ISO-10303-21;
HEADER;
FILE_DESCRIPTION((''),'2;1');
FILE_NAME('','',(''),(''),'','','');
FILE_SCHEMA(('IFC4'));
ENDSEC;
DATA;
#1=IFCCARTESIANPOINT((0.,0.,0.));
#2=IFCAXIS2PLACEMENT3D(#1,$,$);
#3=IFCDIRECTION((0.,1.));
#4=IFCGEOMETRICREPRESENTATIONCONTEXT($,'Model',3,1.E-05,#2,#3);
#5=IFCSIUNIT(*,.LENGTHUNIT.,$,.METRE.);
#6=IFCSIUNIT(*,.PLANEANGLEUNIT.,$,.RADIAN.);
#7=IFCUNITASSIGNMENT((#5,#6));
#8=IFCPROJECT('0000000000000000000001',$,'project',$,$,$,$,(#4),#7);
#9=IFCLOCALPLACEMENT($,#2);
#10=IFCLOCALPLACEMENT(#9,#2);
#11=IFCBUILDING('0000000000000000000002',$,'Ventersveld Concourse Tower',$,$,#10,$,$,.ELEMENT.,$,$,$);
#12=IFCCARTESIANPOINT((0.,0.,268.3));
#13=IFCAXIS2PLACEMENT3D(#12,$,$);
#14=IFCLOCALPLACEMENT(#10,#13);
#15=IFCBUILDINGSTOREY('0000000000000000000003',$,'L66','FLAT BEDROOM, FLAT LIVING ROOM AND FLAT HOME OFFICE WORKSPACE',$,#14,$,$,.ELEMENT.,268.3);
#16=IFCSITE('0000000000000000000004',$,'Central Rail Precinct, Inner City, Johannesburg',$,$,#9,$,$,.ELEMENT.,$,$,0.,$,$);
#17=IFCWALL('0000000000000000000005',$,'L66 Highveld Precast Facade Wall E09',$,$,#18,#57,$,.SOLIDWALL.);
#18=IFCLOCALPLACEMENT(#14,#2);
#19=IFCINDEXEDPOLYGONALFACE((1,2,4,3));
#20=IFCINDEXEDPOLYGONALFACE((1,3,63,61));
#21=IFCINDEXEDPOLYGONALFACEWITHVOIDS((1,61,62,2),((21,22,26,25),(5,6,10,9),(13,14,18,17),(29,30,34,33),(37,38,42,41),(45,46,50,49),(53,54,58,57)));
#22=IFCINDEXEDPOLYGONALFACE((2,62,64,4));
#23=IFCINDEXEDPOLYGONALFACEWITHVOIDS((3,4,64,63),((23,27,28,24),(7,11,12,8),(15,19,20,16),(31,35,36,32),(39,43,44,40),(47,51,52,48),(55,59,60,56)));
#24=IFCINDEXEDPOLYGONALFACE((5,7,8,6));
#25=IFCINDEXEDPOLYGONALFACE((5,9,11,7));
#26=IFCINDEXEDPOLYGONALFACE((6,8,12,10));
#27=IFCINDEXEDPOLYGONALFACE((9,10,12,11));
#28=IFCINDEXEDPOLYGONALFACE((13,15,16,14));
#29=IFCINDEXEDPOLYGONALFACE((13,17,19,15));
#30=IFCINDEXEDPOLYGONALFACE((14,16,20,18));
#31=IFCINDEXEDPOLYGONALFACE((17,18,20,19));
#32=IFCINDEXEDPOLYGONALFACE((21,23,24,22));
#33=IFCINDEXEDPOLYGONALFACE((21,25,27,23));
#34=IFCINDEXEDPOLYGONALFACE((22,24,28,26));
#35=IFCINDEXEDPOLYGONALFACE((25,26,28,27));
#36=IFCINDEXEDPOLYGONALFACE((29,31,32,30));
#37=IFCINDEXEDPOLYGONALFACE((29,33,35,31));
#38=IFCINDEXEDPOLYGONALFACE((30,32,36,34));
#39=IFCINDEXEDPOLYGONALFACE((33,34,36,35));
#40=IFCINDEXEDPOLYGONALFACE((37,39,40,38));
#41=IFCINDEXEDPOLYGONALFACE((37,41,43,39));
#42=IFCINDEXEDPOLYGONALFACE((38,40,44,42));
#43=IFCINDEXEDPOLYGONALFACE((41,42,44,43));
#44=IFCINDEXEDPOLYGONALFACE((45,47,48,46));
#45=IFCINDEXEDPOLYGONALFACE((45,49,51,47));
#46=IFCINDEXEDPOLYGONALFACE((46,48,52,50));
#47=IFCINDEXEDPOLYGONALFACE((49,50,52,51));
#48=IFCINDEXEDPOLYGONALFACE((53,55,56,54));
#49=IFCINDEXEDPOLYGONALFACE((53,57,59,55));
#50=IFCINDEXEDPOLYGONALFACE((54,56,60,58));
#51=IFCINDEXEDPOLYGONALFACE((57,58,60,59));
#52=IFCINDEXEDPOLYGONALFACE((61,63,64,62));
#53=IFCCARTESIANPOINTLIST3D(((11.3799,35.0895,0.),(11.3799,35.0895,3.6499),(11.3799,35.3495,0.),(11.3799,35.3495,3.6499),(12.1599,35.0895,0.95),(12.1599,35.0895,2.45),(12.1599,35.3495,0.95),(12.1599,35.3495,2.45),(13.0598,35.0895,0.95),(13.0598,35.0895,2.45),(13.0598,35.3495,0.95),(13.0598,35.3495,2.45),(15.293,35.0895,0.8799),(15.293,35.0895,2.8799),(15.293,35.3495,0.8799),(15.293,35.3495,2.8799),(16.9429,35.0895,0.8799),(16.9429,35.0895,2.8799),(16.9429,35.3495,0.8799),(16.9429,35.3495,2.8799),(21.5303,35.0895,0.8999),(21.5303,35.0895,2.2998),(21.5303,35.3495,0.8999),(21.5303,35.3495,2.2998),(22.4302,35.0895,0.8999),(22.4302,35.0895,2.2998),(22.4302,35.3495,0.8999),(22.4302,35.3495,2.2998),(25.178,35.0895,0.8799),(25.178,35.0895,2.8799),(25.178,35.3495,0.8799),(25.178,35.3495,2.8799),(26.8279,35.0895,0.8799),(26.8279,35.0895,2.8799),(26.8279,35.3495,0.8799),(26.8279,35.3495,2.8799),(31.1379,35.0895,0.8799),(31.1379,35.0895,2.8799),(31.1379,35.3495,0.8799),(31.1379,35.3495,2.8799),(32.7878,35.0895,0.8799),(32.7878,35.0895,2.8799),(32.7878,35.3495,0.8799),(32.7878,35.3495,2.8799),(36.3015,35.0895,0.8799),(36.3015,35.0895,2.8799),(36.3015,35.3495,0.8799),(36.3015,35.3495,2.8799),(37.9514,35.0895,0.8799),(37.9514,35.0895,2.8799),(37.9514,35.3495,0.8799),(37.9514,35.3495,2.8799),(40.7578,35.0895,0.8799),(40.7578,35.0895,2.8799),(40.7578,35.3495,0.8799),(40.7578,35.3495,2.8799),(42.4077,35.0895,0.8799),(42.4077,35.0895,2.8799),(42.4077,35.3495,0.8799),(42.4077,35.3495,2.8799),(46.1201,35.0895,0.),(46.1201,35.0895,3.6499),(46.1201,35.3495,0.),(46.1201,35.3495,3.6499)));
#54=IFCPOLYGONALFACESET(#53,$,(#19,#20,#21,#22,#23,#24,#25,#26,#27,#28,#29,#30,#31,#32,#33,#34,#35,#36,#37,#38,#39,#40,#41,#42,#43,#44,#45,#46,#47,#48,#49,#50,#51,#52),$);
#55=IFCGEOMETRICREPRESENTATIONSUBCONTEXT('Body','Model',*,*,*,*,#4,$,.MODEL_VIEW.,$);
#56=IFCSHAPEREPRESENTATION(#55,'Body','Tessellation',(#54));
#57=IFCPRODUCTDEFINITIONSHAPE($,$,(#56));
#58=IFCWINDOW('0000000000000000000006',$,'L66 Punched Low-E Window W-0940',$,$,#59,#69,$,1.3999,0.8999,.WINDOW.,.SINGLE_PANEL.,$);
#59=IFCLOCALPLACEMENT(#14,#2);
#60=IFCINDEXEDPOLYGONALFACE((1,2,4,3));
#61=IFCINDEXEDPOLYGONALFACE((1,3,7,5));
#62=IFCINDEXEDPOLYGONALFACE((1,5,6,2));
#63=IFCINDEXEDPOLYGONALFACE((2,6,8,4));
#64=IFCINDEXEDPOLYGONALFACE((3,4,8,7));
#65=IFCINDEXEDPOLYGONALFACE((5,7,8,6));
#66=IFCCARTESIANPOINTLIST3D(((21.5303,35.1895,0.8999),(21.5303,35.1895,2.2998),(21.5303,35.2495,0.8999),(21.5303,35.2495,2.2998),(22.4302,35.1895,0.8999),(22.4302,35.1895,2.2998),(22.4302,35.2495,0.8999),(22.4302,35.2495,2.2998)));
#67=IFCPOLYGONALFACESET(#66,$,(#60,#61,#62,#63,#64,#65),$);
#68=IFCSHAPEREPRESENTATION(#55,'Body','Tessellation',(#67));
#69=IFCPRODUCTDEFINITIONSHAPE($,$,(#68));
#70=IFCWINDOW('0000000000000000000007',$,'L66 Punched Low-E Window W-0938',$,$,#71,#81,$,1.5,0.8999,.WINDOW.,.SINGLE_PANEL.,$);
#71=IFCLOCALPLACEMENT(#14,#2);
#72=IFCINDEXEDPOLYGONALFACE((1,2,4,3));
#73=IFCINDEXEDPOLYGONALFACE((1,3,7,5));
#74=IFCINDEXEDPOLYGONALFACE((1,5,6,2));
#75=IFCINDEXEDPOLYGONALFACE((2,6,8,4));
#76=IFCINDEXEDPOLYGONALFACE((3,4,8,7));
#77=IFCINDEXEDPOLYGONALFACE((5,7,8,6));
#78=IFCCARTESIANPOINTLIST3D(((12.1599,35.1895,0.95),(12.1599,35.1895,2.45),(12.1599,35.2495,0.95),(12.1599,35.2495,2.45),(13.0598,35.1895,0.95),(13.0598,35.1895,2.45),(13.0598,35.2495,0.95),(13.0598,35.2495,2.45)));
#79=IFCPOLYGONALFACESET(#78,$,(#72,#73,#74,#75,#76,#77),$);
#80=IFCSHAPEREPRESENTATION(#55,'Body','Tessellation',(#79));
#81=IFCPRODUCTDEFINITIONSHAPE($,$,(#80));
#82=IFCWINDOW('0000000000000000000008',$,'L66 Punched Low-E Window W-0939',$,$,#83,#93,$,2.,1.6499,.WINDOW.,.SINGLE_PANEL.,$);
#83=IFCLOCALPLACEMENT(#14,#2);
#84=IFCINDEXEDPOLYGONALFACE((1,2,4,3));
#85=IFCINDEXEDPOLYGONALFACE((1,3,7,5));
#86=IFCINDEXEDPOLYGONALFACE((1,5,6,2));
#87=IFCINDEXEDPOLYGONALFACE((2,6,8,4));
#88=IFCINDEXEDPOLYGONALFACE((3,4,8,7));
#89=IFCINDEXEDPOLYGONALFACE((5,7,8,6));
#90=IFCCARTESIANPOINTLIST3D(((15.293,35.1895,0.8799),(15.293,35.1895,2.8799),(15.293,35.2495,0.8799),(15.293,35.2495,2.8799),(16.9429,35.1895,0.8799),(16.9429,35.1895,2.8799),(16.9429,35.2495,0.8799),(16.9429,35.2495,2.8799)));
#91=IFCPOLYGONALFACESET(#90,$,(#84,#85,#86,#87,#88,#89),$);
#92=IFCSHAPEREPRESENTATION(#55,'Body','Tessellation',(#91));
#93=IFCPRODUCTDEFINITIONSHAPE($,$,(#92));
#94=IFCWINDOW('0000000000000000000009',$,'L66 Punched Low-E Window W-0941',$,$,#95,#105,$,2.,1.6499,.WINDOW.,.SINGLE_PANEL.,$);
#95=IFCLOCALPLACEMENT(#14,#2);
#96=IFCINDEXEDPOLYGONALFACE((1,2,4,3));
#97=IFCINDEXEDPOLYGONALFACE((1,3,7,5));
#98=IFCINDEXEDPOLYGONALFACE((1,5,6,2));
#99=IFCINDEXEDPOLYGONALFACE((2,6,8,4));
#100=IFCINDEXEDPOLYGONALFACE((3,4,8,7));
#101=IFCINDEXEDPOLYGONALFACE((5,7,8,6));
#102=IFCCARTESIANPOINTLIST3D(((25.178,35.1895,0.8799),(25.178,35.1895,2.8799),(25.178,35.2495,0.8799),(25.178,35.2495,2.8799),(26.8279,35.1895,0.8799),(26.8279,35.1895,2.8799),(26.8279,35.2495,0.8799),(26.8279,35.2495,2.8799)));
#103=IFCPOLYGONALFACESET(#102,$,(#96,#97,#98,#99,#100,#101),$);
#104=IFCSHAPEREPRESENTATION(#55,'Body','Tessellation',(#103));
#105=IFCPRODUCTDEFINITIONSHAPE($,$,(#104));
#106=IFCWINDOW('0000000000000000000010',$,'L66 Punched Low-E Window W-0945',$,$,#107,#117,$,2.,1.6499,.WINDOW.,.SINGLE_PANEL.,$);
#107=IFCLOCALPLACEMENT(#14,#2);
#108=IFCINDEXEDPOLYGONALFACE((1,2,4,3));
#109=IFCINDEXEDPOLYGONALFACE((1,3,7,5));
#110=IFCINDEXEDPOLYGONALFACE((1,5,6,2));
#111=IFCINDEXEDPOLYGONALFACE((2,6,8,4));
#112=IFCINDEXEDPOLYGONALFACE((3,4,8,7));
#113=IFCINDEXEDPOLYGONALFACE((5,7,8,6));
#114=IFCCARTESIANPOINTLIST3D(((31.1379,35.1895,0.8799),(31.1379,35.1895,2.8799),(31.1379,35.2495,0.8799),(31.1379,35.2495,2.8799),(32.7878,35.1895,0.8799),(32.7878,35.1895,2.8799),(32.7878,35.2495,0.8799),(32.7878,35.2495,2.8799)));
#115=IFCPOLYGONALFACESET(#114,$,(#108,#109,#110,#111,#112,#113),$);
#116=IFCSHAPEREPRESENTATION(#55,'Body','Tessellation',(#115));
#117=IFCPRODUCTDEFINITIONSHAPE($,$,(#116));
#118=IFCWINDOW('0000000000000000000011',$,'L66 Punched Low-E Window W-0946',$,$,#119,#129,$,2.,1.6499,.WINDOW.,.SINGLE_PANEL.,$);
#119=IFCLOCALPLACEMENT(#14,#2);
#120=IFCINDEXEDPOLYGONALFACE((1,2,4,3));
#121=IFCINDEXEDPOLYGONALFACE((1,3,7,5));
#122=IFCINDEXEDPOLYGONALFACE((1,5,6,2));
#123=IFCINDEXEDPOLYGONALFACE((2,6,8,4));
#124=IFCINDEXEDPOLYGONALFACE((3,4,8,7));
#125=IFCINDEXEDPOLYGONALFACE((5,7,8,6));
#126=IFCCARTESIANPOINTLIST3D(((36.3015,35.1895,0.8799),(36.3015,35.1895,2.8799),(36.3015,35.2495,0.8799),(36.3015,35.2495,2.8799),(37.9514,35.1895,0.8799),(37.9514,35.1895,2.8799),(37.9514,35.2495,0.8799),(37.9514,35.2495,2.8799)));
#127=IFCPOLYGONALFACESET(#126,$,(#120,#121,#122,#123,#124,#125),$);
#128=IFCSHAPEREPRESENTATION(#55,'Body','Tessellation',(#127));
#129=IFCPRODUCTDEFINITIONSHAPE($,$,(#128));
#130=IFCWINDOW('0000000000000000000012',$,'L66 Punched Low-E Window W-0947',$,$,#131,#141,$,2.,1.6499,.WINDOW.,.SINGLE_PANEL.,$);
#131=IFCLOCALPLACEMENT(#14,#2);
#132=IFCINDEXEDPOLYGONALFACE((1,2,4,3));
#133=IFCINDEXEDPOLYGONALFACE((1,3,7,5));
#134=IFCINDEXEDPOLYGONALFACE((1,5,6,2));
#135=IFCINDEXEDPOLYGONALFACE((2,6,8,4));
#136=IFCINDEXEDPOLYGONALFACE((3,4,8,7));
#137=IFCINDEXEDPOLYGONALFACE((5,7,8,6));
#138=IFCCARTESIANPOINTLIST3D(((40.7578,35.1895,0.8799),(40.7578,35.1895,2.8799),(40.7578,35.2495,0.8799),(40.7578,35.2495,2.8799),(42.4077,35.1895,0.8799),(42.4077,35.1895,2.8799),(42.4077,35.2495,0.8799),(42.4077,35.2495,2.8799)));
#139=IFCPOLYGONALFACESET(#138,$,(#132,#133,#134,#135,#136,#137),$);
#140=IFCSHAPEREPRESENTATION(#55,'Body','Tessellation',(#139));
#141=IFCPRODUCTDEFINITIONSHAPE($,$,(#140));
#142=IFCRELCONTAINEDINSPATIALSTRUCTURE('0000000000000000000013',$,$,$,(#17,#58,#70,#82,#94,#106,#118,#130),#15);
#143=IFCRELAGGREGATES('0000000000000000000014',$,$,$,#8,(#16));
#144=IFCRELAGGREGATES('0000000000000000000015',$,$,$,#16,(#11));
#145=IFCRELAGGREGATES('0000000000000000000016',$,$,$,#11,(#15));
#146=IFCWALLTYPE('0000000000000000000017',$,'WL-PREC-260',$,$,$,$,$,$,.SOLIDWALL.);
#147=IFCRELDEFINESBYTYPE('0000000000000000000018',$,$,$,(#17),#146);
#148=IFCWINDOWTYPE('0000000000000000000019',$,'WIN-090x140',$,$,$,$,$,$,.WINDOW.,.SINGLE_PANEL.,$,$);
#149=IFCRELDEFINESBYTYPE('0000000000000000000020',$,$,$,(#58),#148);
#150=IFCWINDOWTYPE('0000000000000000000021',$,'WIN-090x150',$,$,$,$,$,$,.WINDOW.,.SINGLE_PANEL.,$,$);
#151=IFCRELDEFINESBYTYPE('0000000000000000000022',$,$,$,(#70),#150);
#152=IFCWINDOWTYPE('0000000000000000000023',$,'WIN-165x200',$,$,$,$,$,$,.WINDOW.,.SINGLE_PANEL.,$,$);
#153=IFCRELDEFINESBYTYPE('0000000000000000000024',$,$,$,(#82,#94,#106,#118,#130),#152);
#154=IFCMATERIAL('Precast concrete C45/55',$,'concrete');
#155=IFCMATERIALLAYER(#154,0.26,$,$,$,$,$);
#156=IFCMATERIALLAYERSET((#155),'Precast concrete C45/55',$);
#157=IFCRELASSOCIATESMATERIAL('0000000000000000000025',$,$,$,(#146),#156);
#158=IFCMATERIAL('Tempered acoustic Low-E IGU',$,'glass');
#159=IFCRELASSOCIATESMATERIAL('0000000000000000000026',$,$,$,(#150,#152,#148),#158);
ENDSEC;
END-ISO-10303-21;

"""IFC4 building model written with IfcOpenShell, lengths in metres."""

from ifc_helpers import new_model, si_unit, direction, frame, frame_2d, origin, place, context, subcontext, project, spatial, rectangle, extrude, material, layer, layer_set, type_object, element, fill, save


model = new_model("IFC4")

# Units and contexts
model_context = context("Model", 3, precision=1e-05, world=origin(), true_north=direction((0.0, 1.0)))
body_context = subcontext(model_context, "Body", "Model", "MODEL_VIEW")
ifc_project = project(units=[si_unit("LENGTHUNIT", "METRE"), si_unit("PLANEANGLEUNIT", "RADIAN")], contexts=[model_context])

# Site, building, storey
site_placement = place(None, origin())
site = spatial("IfcSite", under=ifc_project, at=site_placement, Name="Central Rail Precinct, Inner City, Johannesburg", CompositionType="ELEMENT", RefElevation=0.0)
building_placement = place(site_placement, origin())
building = spatial("IfcBuilding", under=site, at=building_placement, Name="Ventersveld Concourse Tower", CompositionType="ELEMENT")
storey_placement = place(building_placement, frame((0.0, 0.0, 268.3)))
storey = spatial("IfcBuildingStorey", under=building, at=storey_placement, Name="L66", Description="FLAT BEDROOM, FLAT LIVING ROOM AND FLAT HOME OFFICE WORKSPACE", CompositionType="ELEMENT", Elevation=268.3)

# Shared definitions
ifc_material_1 = material(Name="Precast concrete C45/55", Category="concrete")
ifc_layer_1 = layer(ifc_material_1, 0.26)
ifc_layer_set_1 = layer_set([ifc_layer_1], Name="Precast concrete C45/55")
wall_type_1 = type_object("IfcWallType", Name="WL-PREC-260", PredefinedType="SOLIDWALL", material=ifc_layer_set_1)

# Shared definitions
ifc_material_2 = material(Name="Tempered acoustic Low-E IGU", Category="glass")
window_type_1 = type_object("IfcWindowType", Name="WIN-090x150", PartitioningType="SINGLE_PANEL", PredefinedType="WINDOW", material=ifc_material_2)
window_type_2 = type_object("IfcWindowType", Name="WIN-165x200", PartitioningType="SINGLE_PANEL", PredefinedType="WINDOW", material=ifc_material_2)

# Wall, openings, windows
wall_1_placement = place(storey_placement, frame((46.1201, 35.2195, 0.0), z_axis=(0.0, 0.0, 1.0), x_axis=(-1.0, 0.0, 0.0)))
wall_1 = element("IfcWall", 1, at=wall_1_placement, inside=storey, type_object=wall_type_1, Name="L66 Highveld Precast Facade Wall E09", PredefinedType="SOLIDWALL", context=body_context, shape_type="SweptSolid", body=[
    extrude(rectangle(XDim=34.7402, YDim=0.26, at=frame_2d((17.3701, 0.0))), origin(), (0.0, 0.0, 1.0), 3.6499),
])
opening_1_placement = place(wall_1_placement, frame((33.0603, 0.0, 0.95)))
opening_1 = element("IfcOpeningElement", 2, at=opening_1_placement, cuts=wall_1, PredefinedType="OPENING", context=body_context, shape_type="SweptSolid", body=[
    extrude(rectangle(XDim=0.8999, YDim=1.5, at=frame_2d((0.45, 0.75))), frame((0.0, 0.1401, 0.0), z_axis=(0.0, -1.0, 0.0), x_axis=(1.0, 0.0, 0.0)), (0.0, 0.0, 1.0), 0.28),
])
opening_2_placement = place(wall_1_placement, frame((29.1772, 0.0, 0.8799)))
opening_2 = element("IfcOpeningElement", 3, at=opening_2_placement, cuts=wall_1, PredefinedType="OPENING", context=body_context, shape_type="SweptSolid", body=[
    extrude(rectangle(XDim=1.6499, YDim=2.0, at=frame_2d((0.825, 1.0))), frame((0.0, 0.1401, 0.0), z_axis=(0.0, -1.0, 0.0), x_axis=(1.0, 0.0, 0.0)), (0.0, 0.0, 1.0), 0.28),
])
opening_3_placement = place(wall_1_placement, frame((23.6899, 0.0, 0.8999)))
opening_3 = element("IfcOpeningElement", 4, at=opening_3_placement, cuts=wall_1, PredefinedType="OPENING", context=body_context, shape_type="SweptSolid", body=[
    extrude(rectangle(XDim=0.8999, YDim=1.3999, at=frame_2d((0.45, 0.7))), frame((0.0, 0.1401, 0.0), z_axis=(0.0, -1.0, 0.0), x_axis=(1.0, 0.0, 0.0)), (0.0, 0.0, 1.0), 0.28),
])
opening_4_placement = place(wall_1_placement, frame((19.2922, 0.0, 0.8799)))
opening_4 = element("IfcOpeningElement", 5, at=opening_4_placement, cuts=wall_1, PredefinedType="OPENING", context=body_context, shape_type="SweptSolid", body=[
    extrude(rectangle(XDim=1.6499, YDim=2.0, at=frame_2d((0.825, 1.0))), frame((0.0, 0.1401, 0.0), z_axis=(0.0, -1.0, 0.0), x_axis=(1.0, 0.0, 0.0)), (0.0, 0.0, 1.0), 0.28),
])
opening_5_placement = place(wall_1_placement, frame((13.3323, 0.0, 0.8799)))
opening_5 = element("IfcOpeningElement", 6, at=opening_5_placement, cuts=wall_1, PredefinedType="OPENING", context=body_context, shape_type="SweptSolid", body=[
    extrude(rectangle(XDim=1.6499, YDim=2.0, at=frame_2d((0.825, 1.0))), frame((0.0, 0.1401, 0.0), z_axis=(0.0, -1.0, 0.0), x_axis=(1.0, 0.0, 0.0)), (0.0, 0.0, 1.0), 0.28),
])
opening_6_placement = place(wall_1_placement, frame((8.1687, 0.0, 0.8799)))
opening_6 = element("IfcOpeningElement", 7, at=opening_6_placement, cuts=wall_1, PredefinedType="OPENING", context=body_context, shape_type="SweptSolid", body=[
    extrude(rectangle(XDim=1.6499, YDim=2.0, at=frame_2d((0.825, 1.0))), frame((0.0, 0.1401, 0.0), z_axis=(0.0, -1.0, 0.0), x_axis=(1.0, 0.0, 0.0)), (0.0, 0.0, 1.0), 0.28),
])
opening_7_placement = place(wall_1_placement, frame((3.7124, 0.0, 0.8799)))
opening_7 = element("IfcOpeningElement", 8, at=opening_7_placement, cuts=wall_1, PredefinedType="OPENING", context=body_context, shape_type="SweptSolid", body=[
    extrude(rectangle(XDim=1.6499, YDim=2.0, at=frame_2d((0.825, 1.0))), frame((0.0, 0.1401, 0.0), z_axis=(0.0, -1.0, 0.0), x_axis=(1.0, 0.0, 0.0)), (0.0, 0.0, 1.0), 0.28),
])
window_type_3 = type_object("IfcWindowType", Name="WIN-090x140", PartitioningType="SINGLE_PANEL", PredefinedType="WINDOW", material=ifc_material_2)
window_1_placement = place(opening_3_placement, origin())
window_1 = element("IfcWindow", 9, at=window_1_placement, inside=storey, type_object=window_type_3, Name="L66 Punched Low-E Window W-0940", OverallHeight=1.3999, OverallWidth=0.8999, PartitioningType="SINGLE_PANEL", PredefinedType="WINDOW", context=body_context, shape_type="SweptSolid", body=[
    extrude(rectangle(XDim=0.8999, YDim=1.3999, at=frame_2d((0.45, 0.7))), frame((0.0, 0.03, 0.0), z_axis=(0.0, -1.0, 0.0), x_axis=(1.0, 0.0, 0.0)), (0.0, 0.0, 1.0), 0.0601),
])
fill(opening_3, window_1)
window_2_placement = place(opening_1_placement, origin())
window_2 = element("IfcWindow", 10, at=window_2_placement, inside=storey, type_object=window_type_1, Name="L66 Punched Low-E Window W-0938", OverallHeight=1.5, OverallWidth=0.8999, PartitioningType="SINGLE_PANEL", PredefinedType="WINDOW", context=body_context, shape_type="SweptSolid", body=[
    extrude(rectangle(XDim=0.8999, YDim=1.5, at=frame_2d((0.45, 0.75))), frame((0.0, 0.03, 0.0), z_axis=(0.0, -1.0, 0.0), x_axis=(1.0, 0.0, 0.0)), (0.0, 0.0, 1.0), 0.0601),
])
fill(opening_1, window_2)
window_3_placement = place(opening_2_placement, origin())
window_3 = element("IfcWindow", 11, at=window_3_placement, inside=storey, type_object=window_type_2, Name="L66 Punched Low-E Window W-0939", OverallHeight=2.0, OverallWidth=1.6499, PartitioningType="SINGLE_PANEL", PredefinedType="WINDOW", context=body_context, shape_type="SweptSolid", body=[
    extrude(rectangle(XDim=1.6499, YDim=2.0, at=frame_2d((0.825, 1.0))), frame((0.0, 0.03, 0.0), z_axis=(0.0, -1.0, 0.0), x_axis=(1.0, 0.0, 0.0)), (0.0, 0.0, 1.0), 0.0601),
])
fill(opening_2, window_3)
window_4_placement = place(opening_4_placement, origin())
window_4 = element("IfcWindow", 12, at=window_4_placement, inside=storey, type_object=window_type_2, Name="L66 Punched Low-E Window W-0941", OverallHeight=2.0, OverallWidth=1.6499, PartitioningType="SINGLE_PANEL", PredefinedType="WINDOW", context=body_context, shape_type="SweptSolid", body=[
    extrude(rectangle(XDim=1.6499, YDim=2.0, at=frame_2d((0.825, 1.0))), frame((0.0, 0.03, 0.0), z_axis=(0.0, -1.0, 0.0), x_axis=(1.0, 0.0, 0.0)), (0.0, 0.0, 1.0), 0.0601),
])
fill(opening_4, window_4)
window_5_placement = place(opening_5_placement, origin())
window_5 = element("IfcWindow", 13, at=window_5_placement, inside=storey, type_object=window_type_2, Name="L66 Punched Low-E Window W-0945", OverallHeight=2.0, OverallWidth=1.6499, PartitioningType="SINGLE_PANEL", PredefinedType="WINDOW", context=body_context, shape_type="SweptSolid", body=[
    extrude(rectangle(XDim=1.6499, YDim=2.0, at=frame_2d((0.825, 1.0))), frame((0.0, 0.03, 0.0), z_axis=(0.0, -1.0, 0.0), x_axis=(1.0, 0.0, 0.0)), (0.0, 0.0, 1.0), 0.0601),
])
fill(opening_5, window_5)
window_6_placement = place(opening_6_placement, origin())
window_6 = element("IfcWindow", 14, at=window_6_placement, inside=storey, type_object=window_type_2, Name="L66 Punched Low-E Window W-0946", OverallHeight=2.0, OverallWidth=1.6499, PartitioningType="SINGLE_PANEL", PredefinedType="WINDOW", context=body_context, shape_type="SweptSolid", body=[
    extrude(rectangle(XDim=1.6499, YDim=2.0, at=frame_2d((0.825, 1.0))), frame((0.0, 0.03, 0.0), z_axis=(0.0, -1.0, 0.0), x_axis=(1.0, 0.0, 0.0)), (0.0, 0.0, 1.0), 0.0601),
])
fill(opening_6, window_6)
window_7_placement = place(opening_7_placement, origin())
window_7 = element("IfcWindow", 15, at=window_7_placement, inside=storey, type_object=window_type_2, Name="L66 Punched Low-E Window W-0947", OverallHeight=2.0, OverallWidth=1.6499, PartitioningType="SINGLE_PANEL", PredefinedType="WINDOW", context=body_context, shape_type="SweptSolid", body=[
    extrude(rectangle(XDim=1.6499, YDim=2.0, at=frame_2d((0.825, 1.0))), frame((0.0, 0.03, 0.0), z_axis=(0.0, -1.0, 0.0), x_axis=(1.0, 0.0, 0.0)), (0.0, 0.0, 1.0), 0.0601),
])
fill(opening_7, window_7)

save(model, "model.ifc")
